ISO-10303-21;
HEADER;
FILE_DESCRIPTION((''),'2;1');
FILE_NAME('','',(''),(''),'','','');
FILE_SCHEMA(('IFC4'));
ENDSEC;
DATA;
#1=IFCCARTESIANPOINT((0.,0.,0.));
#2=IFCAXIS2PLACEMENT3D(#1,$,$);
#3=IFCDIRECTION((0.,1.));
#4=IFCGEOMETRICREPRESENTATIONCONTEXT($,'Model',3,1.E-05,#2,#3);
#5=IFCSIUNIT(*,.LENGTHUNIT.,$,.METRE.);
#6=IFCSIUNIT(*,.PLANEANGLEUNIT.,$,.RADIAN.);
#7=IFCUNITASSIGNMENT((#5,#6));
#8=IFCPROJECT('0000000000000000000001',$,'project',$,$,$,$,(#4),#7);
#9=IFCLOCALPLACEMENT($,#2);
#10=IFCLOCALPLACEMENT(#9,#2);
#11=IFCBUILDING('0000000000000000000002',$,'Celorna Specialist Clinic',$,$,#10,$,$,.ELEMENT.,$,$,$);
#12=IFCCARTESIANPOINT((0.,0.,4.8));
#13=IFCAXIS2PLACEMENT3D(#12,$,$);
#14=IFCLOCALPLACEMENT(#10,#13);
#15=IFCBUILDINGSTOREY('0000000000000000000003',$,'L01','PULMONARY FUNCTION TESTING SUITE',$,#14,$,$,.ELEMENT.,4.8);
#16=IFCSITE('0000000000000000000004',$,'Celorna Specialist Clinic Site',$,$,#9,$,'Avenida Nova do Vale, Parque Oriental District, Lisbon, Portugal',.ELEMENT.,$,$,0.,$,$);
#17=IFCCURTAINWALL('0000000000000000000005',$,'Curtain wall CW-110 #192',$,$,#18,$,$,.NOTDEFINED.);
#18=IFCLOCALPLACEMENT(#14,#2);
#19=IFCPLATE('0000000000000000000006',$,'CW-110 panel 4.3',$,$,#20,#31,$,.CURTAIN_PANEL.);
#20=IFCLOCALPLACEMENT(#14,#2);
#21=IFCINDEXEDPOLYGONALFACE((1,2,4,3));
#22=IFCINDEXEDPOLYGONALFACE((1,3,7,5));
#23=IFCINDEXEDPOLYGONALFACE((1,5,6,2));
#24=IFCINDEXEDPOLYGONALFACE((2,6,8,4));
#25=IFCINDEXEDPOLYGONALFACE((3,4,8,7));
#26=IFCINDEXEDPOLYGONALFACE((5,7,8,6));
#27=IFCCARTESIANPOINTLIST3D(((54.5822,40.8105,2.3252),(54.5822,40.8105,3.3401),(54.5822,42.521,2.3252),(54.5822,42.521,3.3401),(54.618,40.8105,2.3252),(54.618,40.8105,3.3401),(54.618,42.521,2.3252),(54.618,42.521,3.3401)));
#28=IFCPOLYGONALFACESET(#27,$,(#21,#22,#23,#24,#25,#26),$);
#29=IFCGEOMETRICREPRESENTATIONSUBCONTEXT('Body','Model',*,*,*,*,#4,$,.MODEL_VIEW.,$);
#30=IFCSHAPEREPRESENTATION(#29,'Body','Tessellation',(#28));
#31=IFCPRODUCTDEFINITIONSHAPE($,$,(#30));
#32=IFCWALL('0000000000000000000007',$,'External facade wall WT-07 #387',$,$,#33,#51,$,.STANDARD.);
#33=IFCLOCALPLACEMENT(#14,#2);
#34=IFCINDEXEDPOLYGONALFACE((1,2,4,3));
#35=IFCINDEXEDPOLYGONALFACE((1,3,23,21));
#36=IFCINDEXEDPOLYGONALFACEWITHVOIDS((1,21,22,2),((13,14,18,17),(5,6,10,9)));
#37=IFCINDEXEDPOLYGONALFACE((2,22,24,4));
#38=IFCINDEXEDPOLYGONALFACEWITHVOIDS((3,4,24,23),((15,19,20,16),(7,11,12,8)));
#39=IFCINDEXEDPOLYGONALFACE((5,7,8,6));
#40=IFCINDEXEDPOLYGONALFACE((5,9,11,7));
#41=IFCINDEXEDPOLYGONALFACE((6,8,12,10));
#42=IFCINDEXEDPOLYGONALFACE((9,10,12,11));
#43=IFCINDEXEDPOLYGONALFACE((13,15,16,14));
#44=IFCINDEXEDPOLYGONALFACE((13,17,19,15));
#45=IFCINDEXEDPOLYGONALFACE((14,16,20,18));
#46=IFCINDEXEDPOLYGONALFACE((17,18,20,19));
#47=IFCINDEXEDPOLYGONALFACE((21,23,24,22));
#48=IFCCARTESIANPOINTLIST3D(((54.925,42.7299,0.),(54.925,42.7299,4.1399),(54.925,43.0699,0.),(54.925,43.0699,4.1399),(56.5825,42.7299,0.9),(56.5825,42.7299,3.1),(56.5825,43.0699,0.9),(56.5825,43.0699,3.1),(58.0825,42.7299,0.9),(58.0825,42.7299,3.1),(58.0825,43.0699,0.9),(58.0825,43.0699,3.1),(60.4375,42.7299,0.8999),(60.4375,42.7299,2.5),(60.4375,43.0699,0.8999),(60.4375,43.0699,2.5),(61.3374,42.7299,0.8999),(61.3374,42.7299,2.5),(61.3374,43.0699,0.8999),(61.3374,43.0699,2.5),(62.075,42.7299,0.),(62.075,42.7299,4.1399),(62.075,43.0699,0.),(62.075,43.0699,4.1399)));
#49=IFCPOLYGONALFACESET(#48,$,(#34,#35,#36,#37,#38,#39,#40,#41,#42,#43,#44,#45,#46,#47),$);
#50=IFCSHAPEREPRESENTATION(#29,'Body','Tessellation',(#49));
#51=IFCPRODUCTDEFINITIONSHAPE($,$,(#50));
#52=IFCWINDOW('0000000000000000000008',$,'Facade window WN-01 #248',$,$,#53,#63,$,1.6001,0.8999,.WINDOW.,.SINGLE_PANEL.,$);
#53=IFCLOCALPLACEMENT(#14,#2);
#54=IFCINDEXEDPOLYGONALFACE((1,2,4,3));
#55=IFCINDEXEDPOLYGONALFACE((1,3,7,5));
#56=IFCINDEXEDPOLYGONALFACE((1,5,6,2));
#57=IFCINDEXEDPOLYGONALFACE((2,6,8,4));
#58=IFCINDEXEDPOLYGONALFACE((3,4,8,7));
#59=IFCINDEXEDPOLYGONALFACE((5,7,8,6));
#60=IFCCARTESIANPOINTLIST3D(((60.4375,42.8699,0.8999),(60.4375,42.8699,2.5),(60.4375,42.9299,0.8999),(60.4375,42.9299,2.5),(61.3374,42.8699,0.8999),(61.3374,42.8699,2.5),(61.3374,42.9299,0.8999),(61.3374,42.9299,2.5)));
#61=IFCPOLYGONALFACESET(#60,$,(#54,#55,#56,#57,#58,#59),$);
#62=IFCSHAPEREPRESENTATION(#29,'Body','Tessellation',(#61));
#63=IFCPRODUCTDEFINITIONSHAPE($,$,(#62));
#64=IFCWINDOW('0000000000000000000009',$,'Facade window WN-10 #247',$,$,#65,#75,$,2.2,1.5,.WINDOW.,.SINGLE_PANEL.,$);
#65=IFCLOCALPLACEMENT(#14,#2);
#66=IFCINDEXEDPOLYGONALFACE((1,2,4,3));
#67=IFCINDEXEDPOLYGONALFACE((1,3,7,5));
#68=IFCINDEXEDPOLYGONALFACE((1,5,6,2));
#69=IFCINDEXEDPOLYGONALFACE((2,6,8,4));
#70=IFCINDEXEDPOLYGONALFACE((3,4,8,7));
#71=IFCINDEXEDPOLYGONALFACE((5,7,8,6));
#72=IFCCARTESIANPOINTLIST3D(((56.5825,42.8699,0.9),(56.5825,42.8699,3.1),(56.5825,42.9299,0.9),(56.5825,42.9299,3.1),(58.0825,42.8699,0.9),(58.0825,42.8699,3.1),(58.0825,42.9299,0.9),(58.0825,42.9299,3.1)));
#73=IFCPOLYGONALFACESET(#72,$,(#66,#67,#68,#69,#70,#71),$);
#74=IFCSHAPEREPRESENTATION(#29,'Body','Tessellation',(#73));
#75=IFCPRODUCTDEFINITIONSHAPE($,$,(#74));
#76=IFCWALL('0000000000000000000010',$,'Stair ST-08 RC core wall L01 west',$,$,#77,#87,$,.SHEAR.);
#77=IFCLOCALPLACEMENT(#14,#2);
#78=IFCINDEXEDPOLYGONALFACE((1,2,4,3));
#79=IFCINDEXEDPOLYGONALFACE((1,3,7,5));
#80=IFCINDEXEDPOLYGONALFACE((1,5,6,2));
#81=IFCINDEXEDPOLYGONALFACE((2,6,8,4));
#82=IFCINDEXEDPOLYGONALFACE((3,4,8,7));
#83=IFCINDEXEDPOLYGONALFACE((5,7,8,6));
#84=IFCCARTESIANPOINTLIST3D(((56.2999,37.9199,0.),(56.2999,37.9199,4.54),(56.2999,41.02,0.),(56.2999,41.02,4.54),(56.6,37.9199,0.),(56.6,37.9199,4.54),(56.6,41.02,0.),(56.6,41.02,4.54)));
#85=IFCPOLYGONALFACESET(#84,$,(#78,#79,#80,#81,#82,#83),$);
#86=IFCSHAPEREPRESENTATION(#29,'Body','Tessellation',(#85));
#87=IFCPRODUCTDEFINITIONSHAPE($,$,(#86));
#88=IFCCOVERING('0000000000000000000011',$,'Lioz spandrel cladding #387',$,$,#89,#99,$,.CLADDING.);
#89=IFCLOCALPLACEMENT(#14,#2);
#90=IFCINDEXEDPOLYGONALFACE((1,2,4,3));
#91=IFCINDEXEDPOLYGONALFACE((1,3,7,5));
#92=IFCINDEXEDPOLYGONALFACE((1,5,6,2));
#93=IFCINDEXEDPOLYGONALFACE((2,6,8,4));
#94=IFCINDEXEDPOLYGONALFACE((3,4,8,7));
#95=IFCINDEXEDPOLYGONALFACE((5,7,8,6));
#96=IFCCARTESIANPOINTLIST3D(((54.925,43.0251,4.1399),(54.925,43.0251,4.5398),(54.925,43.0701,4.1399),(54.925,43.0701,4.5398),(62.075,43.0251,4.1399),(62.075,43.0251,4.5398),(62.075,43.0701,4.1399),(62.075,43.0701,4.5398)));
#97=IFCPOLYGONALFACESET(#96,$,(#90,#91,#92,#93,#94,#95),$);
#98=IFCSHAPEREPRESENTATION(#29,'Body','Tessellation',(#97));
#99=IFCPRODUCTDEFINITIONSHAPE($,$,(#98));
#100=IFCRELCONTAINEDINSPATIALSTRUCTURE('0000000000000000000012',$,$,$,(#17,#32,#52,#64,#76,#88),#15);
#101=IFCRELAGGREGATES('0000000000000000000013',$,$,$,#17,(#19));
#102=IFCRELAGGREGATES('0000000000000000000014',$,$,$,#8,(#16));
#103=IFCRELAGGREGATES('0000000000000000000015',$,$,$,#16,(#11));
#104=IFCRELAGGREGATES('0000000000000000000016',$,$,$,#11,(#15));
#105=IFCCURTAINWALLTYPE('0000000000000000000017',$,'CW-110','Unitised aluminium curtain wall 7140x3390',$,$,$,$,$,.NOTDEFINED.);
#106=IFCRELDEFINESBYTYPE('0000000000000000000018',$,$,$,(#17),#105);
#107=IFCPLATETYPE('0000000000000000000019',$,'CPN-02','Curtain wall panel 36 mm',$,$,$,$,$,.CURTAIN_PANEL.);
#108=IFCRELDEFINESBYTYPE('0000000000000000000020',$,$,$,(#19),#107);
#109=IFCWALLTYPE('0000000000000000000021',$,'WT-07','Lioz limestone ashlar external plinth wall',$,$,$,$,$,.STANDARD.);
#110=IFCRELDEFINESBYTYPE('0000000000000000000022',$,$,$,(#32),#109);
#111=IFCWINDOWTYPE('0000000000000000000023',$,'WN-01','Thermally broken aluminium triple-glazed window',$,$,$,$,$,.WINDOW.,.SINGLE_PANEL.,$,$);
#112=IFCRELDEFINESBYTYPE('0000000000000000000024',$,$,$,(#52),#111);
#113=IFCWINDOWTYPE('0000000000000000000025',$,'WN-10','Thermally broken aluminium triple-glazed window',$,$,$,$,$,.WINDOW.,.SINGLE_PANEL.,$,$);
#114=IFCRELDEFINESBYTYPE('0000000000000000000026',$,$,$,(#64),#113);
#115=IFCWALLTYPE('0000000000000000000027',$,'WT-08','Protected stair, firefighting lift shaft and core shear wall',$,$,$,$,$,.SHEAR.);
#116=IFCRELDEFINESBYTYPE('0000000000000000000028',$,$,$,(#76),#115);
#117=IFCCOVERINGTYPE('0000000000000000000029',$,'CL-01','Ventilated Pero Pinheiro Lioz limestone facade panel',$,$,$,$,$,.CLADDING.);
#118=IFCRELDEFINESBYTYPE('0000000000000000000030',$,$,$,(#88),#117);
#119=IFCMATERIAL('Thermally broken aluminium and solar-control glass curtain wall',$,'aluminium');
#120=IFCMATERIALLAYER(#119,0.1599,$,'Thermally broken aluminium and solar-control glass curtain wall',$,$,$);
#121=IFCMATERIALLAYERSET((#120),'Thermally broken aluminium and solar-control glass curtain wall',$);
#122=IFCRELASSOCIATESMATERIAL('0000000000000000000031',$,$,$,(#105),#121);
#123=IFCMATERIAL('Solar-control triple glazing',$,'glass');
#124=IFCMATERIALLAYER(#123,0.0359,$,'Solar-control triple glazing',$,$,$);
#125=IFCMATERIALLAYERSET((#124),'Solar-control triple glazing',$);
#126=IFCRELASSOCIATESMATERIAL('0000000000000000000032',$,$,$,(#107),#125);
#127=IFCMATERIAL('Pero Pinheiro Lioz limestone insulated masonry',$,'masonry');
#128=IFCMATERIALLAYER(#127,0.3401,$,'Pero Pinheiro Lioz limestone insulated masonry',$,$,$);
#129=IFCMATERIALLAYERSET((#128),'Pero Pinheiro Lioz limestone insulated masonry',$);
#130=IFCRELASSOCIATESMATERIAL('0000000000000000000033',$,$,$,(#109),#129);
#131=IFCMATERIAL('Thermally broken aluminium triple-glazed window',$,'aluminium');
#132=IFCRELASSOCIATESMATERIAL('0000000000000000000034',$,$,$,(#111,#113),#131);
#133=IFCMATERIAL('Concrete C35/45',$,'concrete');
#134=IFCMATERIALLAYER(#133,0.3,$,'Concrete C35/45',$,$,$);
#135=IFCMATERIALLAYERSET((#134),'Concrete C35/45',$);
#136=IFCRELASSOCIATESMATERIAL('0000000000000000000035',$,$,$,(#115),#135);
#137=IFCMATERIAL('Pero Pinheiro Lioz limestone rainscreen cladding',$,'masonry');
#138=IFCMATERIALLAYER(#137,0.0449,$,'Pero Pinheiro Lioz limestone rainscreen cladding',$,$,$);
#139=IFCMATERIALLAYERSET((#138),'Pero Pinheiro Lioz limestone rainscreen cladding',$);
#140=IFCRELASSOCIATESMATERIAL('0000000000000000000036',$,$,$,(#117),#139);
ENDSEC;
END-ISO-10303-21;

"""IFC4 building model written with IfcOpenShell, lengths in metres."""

from ifc_helpers import new_model, si_unit, direction, frame, frame_2d, origin, origin_2d, place, context, subcontext, project, spatial, rectangle, extrude, material, layer, layer_set, type_object, element, fill, aggregate, save


model = new_model("IFC4")

# Units and contexts
model_context = context("Model", 3, precision=1e-05, world=origin(), true_north=direction((0.0, 1.0)))
body_context = subcontext(model_context, "Body", "Model", "MODEL_VIEW")
ifc_project = project(units=[si_unit("LENGTHUNIT", "METRE"), si_unit("PLANEANGLEUNIT", "RADIAN")], contexts=[model_context])

# Site, building, storey
site_placement = place(None, origin())
site = spatial("IfcSite", under=ifc_project, at=site_placement, Name="Celorna Specialist Clinic Site", LongName="Avenida Nova do Vale, Parque Oriental District, Lisbon, Portugal", CompositionType="ELEMENT", RefElevation=0.0)
building_placement = place(site_placement, origin())
building = spatial("IfcBuilding", under=site, at=building_placement, Name="Celorna Specialist Clinic", CompositionType="ELEMENT")
storey_placement = place(building_placement, frame((0.0, 0.0, 4.8)))
storey = spatial("IfcBuildingStorey", under=building, at=storey_placement, Name="L01", Description="PULMONARY FUNCTION TESTING SUITE", CompositionType="ELEMENT", Elevation=4.8)

# Shared definitions
ifc_material_1 = material(Name="Concrete C35/45", Category="concrete")

# Curtain wall, plate
ifc_material_2 = material(Name="Thermally broken aluminium and solar-control glass curtain wall", Category="aluminium")
ifc_layer_1 = layer(ifc_material_2, 0.1599, Name="Thermally broken aluminium and solar-control glass curtain wall")
ifc_layer_set_1 = layer_set([ifc_layer_1], Name="Thermally broken aluminium and solar-control glass curtain wall")
curtain_wall_type = type_object("IfcCurtainWallType", Name="CW-110", Description="Unitised aluminium curtain wall 7140x3390", PredefinedType="NOTDEFINED", material=ifc_layer_set_1)
curtain_wall_placement = place(storey_placement, origin())
curtain_wall = element("IfcCurtainWall", 1, at=curtain_wall_placement, inside=storey, type_object=curtain_wall_type, Name="Curtain wall CW-110 #192", PredefinedType="NOTDEFINED")
ifc_material_3 = material(Name="Solar-control triple glazing", Category="glass")
ifc_layer_2 = layer(ifc_material_3, 0.0359, Name="Solar-control triple glazing")
ifc_layer_set_2 = layer_set([ifc_layer_2], Name="Solar-control triple glazing")
plate_type = type_object("IfcPlateType", Name="CPN-02", Description="Curtain wall panel 36 mm", PredefinedType="CURTAIN_PANEL", material=ifc_layer_set_2)
plate_1_placement = place(storey_placement, frame((54.6001, 41.6658, 2.3252), z_axis=(0.0, 0.0, 1.0), x_axis=(0.0, 1.0, 0.0)))
plate_1 = element("IfcPlate", 2, at=plate_1_placement, type_object=plate_type, Name="CW-110 panel 4.3", PredefinedType="CURTAIN_PANEL", context=body_context, shape_type="SweptSolid", body=[
    extrude(rectangle(XDim=1.7104, YDim=0.0359, at=origin_2d()), origin(), (0.0, 0.0, 1.0), 1.0149),
])
aggregate(curtain_wall, [plate_1])

# Wall, openings, windows
ifc_material_4 = material(Name="Pero Pinheiro Lioz limestone insulated masonry", Category="masonry")
ifc_layer_3 = layer(ifc_material_4, 0.3401, Name="Pero Pinheiro Lioz limestone insulated masonry")
ifc_layer_set_3 = layer_set([ifc_layer_3], Name="Pero Pinheiro Lioz limestone insulated masonry")
wall_type_1 = type_object("IfcWallType", Name="WT-07", Description="Lioz limestone ashlar external plinth wall", PredefinedType="STANDARD", material=ifc_layer_set_3)
wall_1_placement = place(storey_placement, frame((54.925, 42.8999, 0.0), z_axis=(0.0, 0.0, 1.0), x_axis=(1.0, 0.0, 0.0)))
wall_1 = element("IfcWall", 3, at=wall_1_placement, inside=storey, type_object=wall_type_1, Name="External facade wall WT-07 #387", PredefinedType="STANDARD", context=body_context, shape_type="SweptSolid", body=[
    extrude(rectangle(XDim=7.1499, YDim=0.3401, at=frame_2d((3.575, 0.0))), origin(), (0.0, 0.0, 1.0), 4.1399),
])
opening_1_placement = place(wall_1_placement, frame((1.6575, 0.0, 0.8999)))
opening_1 = element("IfcOpeningElement", 4, at=opening_1_placement, cuts=wall_1, PredefinedType="OPENING", context=body_context, shape_type="SweptSolid", body=[
    extrude(rectangle(XDim=1.5, YDim=2.2, at=frame_2d((0.75, 1.1001))), frame((0.0, 0.1799, 0.0), z_axis=(0.0, -1.0, 0.0), x_axis=(1.0, 0.0, 0.0)), (0.0, 0.0, 1.0), 0.3601),
])
opening_2_placement = place(wall_1_placement, frame((5.5125, 0.0, 0.8999)))
opening_2 = element("IfcOpeningElement", 5, at=opening_2_placement, cuts=wall_1, PredefinedType="OPENING", context=body_context, shape_type="SweptSolid", body=[
    extrude(rectangle(XDim=0.8999, YDim=1.6001, at=frame_2d((0.45, 0.8))), frame((0.0, 0.1799, 0.0), z_axis=(0.0, -1.0, 0.0), x_axis=(1.0, 0.0, 0.0)), (0.0, 0.0, 1.0), 0.3601),
])
ifc_material_5 = material(Name="Thermally broken aluminium triple-glazed window", Category="aluminium")
window_type_1 = type_object("IfcWindowType", Name="WN-01", Description="Thermally broken aluminium triple-glazed window", PartitioningType="SINGLE_PANEL", PredefinedType="WINDOW", material=ifc_material_5)
window_1_placement = place(opening_2_placement, origin())
window_1 = element("IfcWindow", 6, at=window_1_placement, inside=storey, type_object=window_type_1, Name="Facade window WN-01 #248", OverallHeight=1.6001, OverallWidth=0.8999, PartitioningType="SINGLE_PANEL", PredefinedType="WINDOW", context=body_context, shape_type="SweptSolid", body=[
    extrude(rectangle(XDim=0.8999, YDim=1.6001, at=frame_2d((0.45, 0.8))), frame((0.0, 0.03, 0.0), z_axis=(0.0, -1.0, 0.0), x_axis=(1.0, 0.0, 0.0)), (0.0, 0.0, 1.0), 0.0601),
])
fill(opening_2, window_1)
window_type_2 = type_object("IfcWindowType", Name="WN-10", Description="Thermally broken aluminium triple-glazed window", PartitioningType="SINGLE_PANEL", PredefinedType="WINDOW", material=ifc_material_5)
window_2_placement = place(opening_1_placement, origin())
window_2 = element("IfcWindow", 7, at=window_2_placement, inside=storey, type_object=window_type_2, Name="Facade window WN-10 #247", OverallHeight=2.2, OverallWidth=1.5, PartitioningType="SINGLE_PANEL", PredefinedType="WINDOW", context=body_context, shape_type="SweptSolid", body=[
    extrude(rectangle(XDim=1.5, YDim=2.2, at=frame_2d((0.75, 1.1001))), frame((0.0, 0.03, 0.0), z_axis=(0.0, -1.0, 0.0), x_axis=(1.0, 0.0, 0.0)), (0.0, 0.0, 1.0), 0.0601),
])
fill(opening_1, window_2)

# Wall
ifc_layer_4 = layer(ifc_material_1, 0.3, Name="Concrete C35/45")
ifc_layer_set_4 = layer_set([ifc_layer_4], Name="Concrete C35/45")
wall_type_2 = type_object("IfcWallType", Name="WT-08", Description="Protected stair, firefighting lift shaft and core shear wall", PredefinedType="SHEAR", material=ifc_layer_set_4)
wall_2_placement = place(storey_placement, frame((56.45, 41.02, 0.0), z_axis=(0.0, 0.0, 1.0), x_axis=(0.0, -1.0, 0.0)))
element("IfcWall", 8, at=wall_2_placement, inside=storey, type_object=wall_type_2, Name="Stair ST-08 RC core wall L01 west", PredefinedType="SHEAR", context=body_context, shape_type="SweptSolid", body=[
    extrude(rectangle(XDim=3.1001, YDim=0.3, at=frame_2d((1.55, 0.0))), origin(), (0.0, 0.0, 1.0), 4.54),
])

# Covering
ifc_material_6 = material(Name="Pero Pinheiro Lioz limestone rainscreen cladding", Category="masonry")
ifc_layer_5 = layer(ifc_material_6, 0.0449, Name="Pero Pinheiro Lioz limestone rainscreen cladding")
ifc_layer_set_5 = layer_set([ifc_layer_5], Name="Pero Pinheiro Lioz limestone rainscreen cladding")
covering_type = type_object("IfcCoveringType", Name="CL-01", Description="Ventilated Pero Pinheiro Lioz limestone facade panel", PredefinedType="CLADDING", material=ifc_layer_set_5)
covering_placement = place(storey_placement, frame((58.5, 43.0476, 4.1399), z_axis=(0.0, 0.0, 1.0), x_axis=(1.0, 0.0, 0.0)))
element("IfcCovering", 9, at=covering_placement, inside=storey, type_object=covering_type, Name="Lioz spandrel cladding #387", PredefinedType="CLADDING", context=body_context, shape_type="SweptSolid", body=[
    extrude(rectangle(XDim=7.1499, YDim=0.0449, at=origin_2d()), origin(), (0.0, 0.0, 1.0), 0.3999),
])

save(model, "model.ifc")
